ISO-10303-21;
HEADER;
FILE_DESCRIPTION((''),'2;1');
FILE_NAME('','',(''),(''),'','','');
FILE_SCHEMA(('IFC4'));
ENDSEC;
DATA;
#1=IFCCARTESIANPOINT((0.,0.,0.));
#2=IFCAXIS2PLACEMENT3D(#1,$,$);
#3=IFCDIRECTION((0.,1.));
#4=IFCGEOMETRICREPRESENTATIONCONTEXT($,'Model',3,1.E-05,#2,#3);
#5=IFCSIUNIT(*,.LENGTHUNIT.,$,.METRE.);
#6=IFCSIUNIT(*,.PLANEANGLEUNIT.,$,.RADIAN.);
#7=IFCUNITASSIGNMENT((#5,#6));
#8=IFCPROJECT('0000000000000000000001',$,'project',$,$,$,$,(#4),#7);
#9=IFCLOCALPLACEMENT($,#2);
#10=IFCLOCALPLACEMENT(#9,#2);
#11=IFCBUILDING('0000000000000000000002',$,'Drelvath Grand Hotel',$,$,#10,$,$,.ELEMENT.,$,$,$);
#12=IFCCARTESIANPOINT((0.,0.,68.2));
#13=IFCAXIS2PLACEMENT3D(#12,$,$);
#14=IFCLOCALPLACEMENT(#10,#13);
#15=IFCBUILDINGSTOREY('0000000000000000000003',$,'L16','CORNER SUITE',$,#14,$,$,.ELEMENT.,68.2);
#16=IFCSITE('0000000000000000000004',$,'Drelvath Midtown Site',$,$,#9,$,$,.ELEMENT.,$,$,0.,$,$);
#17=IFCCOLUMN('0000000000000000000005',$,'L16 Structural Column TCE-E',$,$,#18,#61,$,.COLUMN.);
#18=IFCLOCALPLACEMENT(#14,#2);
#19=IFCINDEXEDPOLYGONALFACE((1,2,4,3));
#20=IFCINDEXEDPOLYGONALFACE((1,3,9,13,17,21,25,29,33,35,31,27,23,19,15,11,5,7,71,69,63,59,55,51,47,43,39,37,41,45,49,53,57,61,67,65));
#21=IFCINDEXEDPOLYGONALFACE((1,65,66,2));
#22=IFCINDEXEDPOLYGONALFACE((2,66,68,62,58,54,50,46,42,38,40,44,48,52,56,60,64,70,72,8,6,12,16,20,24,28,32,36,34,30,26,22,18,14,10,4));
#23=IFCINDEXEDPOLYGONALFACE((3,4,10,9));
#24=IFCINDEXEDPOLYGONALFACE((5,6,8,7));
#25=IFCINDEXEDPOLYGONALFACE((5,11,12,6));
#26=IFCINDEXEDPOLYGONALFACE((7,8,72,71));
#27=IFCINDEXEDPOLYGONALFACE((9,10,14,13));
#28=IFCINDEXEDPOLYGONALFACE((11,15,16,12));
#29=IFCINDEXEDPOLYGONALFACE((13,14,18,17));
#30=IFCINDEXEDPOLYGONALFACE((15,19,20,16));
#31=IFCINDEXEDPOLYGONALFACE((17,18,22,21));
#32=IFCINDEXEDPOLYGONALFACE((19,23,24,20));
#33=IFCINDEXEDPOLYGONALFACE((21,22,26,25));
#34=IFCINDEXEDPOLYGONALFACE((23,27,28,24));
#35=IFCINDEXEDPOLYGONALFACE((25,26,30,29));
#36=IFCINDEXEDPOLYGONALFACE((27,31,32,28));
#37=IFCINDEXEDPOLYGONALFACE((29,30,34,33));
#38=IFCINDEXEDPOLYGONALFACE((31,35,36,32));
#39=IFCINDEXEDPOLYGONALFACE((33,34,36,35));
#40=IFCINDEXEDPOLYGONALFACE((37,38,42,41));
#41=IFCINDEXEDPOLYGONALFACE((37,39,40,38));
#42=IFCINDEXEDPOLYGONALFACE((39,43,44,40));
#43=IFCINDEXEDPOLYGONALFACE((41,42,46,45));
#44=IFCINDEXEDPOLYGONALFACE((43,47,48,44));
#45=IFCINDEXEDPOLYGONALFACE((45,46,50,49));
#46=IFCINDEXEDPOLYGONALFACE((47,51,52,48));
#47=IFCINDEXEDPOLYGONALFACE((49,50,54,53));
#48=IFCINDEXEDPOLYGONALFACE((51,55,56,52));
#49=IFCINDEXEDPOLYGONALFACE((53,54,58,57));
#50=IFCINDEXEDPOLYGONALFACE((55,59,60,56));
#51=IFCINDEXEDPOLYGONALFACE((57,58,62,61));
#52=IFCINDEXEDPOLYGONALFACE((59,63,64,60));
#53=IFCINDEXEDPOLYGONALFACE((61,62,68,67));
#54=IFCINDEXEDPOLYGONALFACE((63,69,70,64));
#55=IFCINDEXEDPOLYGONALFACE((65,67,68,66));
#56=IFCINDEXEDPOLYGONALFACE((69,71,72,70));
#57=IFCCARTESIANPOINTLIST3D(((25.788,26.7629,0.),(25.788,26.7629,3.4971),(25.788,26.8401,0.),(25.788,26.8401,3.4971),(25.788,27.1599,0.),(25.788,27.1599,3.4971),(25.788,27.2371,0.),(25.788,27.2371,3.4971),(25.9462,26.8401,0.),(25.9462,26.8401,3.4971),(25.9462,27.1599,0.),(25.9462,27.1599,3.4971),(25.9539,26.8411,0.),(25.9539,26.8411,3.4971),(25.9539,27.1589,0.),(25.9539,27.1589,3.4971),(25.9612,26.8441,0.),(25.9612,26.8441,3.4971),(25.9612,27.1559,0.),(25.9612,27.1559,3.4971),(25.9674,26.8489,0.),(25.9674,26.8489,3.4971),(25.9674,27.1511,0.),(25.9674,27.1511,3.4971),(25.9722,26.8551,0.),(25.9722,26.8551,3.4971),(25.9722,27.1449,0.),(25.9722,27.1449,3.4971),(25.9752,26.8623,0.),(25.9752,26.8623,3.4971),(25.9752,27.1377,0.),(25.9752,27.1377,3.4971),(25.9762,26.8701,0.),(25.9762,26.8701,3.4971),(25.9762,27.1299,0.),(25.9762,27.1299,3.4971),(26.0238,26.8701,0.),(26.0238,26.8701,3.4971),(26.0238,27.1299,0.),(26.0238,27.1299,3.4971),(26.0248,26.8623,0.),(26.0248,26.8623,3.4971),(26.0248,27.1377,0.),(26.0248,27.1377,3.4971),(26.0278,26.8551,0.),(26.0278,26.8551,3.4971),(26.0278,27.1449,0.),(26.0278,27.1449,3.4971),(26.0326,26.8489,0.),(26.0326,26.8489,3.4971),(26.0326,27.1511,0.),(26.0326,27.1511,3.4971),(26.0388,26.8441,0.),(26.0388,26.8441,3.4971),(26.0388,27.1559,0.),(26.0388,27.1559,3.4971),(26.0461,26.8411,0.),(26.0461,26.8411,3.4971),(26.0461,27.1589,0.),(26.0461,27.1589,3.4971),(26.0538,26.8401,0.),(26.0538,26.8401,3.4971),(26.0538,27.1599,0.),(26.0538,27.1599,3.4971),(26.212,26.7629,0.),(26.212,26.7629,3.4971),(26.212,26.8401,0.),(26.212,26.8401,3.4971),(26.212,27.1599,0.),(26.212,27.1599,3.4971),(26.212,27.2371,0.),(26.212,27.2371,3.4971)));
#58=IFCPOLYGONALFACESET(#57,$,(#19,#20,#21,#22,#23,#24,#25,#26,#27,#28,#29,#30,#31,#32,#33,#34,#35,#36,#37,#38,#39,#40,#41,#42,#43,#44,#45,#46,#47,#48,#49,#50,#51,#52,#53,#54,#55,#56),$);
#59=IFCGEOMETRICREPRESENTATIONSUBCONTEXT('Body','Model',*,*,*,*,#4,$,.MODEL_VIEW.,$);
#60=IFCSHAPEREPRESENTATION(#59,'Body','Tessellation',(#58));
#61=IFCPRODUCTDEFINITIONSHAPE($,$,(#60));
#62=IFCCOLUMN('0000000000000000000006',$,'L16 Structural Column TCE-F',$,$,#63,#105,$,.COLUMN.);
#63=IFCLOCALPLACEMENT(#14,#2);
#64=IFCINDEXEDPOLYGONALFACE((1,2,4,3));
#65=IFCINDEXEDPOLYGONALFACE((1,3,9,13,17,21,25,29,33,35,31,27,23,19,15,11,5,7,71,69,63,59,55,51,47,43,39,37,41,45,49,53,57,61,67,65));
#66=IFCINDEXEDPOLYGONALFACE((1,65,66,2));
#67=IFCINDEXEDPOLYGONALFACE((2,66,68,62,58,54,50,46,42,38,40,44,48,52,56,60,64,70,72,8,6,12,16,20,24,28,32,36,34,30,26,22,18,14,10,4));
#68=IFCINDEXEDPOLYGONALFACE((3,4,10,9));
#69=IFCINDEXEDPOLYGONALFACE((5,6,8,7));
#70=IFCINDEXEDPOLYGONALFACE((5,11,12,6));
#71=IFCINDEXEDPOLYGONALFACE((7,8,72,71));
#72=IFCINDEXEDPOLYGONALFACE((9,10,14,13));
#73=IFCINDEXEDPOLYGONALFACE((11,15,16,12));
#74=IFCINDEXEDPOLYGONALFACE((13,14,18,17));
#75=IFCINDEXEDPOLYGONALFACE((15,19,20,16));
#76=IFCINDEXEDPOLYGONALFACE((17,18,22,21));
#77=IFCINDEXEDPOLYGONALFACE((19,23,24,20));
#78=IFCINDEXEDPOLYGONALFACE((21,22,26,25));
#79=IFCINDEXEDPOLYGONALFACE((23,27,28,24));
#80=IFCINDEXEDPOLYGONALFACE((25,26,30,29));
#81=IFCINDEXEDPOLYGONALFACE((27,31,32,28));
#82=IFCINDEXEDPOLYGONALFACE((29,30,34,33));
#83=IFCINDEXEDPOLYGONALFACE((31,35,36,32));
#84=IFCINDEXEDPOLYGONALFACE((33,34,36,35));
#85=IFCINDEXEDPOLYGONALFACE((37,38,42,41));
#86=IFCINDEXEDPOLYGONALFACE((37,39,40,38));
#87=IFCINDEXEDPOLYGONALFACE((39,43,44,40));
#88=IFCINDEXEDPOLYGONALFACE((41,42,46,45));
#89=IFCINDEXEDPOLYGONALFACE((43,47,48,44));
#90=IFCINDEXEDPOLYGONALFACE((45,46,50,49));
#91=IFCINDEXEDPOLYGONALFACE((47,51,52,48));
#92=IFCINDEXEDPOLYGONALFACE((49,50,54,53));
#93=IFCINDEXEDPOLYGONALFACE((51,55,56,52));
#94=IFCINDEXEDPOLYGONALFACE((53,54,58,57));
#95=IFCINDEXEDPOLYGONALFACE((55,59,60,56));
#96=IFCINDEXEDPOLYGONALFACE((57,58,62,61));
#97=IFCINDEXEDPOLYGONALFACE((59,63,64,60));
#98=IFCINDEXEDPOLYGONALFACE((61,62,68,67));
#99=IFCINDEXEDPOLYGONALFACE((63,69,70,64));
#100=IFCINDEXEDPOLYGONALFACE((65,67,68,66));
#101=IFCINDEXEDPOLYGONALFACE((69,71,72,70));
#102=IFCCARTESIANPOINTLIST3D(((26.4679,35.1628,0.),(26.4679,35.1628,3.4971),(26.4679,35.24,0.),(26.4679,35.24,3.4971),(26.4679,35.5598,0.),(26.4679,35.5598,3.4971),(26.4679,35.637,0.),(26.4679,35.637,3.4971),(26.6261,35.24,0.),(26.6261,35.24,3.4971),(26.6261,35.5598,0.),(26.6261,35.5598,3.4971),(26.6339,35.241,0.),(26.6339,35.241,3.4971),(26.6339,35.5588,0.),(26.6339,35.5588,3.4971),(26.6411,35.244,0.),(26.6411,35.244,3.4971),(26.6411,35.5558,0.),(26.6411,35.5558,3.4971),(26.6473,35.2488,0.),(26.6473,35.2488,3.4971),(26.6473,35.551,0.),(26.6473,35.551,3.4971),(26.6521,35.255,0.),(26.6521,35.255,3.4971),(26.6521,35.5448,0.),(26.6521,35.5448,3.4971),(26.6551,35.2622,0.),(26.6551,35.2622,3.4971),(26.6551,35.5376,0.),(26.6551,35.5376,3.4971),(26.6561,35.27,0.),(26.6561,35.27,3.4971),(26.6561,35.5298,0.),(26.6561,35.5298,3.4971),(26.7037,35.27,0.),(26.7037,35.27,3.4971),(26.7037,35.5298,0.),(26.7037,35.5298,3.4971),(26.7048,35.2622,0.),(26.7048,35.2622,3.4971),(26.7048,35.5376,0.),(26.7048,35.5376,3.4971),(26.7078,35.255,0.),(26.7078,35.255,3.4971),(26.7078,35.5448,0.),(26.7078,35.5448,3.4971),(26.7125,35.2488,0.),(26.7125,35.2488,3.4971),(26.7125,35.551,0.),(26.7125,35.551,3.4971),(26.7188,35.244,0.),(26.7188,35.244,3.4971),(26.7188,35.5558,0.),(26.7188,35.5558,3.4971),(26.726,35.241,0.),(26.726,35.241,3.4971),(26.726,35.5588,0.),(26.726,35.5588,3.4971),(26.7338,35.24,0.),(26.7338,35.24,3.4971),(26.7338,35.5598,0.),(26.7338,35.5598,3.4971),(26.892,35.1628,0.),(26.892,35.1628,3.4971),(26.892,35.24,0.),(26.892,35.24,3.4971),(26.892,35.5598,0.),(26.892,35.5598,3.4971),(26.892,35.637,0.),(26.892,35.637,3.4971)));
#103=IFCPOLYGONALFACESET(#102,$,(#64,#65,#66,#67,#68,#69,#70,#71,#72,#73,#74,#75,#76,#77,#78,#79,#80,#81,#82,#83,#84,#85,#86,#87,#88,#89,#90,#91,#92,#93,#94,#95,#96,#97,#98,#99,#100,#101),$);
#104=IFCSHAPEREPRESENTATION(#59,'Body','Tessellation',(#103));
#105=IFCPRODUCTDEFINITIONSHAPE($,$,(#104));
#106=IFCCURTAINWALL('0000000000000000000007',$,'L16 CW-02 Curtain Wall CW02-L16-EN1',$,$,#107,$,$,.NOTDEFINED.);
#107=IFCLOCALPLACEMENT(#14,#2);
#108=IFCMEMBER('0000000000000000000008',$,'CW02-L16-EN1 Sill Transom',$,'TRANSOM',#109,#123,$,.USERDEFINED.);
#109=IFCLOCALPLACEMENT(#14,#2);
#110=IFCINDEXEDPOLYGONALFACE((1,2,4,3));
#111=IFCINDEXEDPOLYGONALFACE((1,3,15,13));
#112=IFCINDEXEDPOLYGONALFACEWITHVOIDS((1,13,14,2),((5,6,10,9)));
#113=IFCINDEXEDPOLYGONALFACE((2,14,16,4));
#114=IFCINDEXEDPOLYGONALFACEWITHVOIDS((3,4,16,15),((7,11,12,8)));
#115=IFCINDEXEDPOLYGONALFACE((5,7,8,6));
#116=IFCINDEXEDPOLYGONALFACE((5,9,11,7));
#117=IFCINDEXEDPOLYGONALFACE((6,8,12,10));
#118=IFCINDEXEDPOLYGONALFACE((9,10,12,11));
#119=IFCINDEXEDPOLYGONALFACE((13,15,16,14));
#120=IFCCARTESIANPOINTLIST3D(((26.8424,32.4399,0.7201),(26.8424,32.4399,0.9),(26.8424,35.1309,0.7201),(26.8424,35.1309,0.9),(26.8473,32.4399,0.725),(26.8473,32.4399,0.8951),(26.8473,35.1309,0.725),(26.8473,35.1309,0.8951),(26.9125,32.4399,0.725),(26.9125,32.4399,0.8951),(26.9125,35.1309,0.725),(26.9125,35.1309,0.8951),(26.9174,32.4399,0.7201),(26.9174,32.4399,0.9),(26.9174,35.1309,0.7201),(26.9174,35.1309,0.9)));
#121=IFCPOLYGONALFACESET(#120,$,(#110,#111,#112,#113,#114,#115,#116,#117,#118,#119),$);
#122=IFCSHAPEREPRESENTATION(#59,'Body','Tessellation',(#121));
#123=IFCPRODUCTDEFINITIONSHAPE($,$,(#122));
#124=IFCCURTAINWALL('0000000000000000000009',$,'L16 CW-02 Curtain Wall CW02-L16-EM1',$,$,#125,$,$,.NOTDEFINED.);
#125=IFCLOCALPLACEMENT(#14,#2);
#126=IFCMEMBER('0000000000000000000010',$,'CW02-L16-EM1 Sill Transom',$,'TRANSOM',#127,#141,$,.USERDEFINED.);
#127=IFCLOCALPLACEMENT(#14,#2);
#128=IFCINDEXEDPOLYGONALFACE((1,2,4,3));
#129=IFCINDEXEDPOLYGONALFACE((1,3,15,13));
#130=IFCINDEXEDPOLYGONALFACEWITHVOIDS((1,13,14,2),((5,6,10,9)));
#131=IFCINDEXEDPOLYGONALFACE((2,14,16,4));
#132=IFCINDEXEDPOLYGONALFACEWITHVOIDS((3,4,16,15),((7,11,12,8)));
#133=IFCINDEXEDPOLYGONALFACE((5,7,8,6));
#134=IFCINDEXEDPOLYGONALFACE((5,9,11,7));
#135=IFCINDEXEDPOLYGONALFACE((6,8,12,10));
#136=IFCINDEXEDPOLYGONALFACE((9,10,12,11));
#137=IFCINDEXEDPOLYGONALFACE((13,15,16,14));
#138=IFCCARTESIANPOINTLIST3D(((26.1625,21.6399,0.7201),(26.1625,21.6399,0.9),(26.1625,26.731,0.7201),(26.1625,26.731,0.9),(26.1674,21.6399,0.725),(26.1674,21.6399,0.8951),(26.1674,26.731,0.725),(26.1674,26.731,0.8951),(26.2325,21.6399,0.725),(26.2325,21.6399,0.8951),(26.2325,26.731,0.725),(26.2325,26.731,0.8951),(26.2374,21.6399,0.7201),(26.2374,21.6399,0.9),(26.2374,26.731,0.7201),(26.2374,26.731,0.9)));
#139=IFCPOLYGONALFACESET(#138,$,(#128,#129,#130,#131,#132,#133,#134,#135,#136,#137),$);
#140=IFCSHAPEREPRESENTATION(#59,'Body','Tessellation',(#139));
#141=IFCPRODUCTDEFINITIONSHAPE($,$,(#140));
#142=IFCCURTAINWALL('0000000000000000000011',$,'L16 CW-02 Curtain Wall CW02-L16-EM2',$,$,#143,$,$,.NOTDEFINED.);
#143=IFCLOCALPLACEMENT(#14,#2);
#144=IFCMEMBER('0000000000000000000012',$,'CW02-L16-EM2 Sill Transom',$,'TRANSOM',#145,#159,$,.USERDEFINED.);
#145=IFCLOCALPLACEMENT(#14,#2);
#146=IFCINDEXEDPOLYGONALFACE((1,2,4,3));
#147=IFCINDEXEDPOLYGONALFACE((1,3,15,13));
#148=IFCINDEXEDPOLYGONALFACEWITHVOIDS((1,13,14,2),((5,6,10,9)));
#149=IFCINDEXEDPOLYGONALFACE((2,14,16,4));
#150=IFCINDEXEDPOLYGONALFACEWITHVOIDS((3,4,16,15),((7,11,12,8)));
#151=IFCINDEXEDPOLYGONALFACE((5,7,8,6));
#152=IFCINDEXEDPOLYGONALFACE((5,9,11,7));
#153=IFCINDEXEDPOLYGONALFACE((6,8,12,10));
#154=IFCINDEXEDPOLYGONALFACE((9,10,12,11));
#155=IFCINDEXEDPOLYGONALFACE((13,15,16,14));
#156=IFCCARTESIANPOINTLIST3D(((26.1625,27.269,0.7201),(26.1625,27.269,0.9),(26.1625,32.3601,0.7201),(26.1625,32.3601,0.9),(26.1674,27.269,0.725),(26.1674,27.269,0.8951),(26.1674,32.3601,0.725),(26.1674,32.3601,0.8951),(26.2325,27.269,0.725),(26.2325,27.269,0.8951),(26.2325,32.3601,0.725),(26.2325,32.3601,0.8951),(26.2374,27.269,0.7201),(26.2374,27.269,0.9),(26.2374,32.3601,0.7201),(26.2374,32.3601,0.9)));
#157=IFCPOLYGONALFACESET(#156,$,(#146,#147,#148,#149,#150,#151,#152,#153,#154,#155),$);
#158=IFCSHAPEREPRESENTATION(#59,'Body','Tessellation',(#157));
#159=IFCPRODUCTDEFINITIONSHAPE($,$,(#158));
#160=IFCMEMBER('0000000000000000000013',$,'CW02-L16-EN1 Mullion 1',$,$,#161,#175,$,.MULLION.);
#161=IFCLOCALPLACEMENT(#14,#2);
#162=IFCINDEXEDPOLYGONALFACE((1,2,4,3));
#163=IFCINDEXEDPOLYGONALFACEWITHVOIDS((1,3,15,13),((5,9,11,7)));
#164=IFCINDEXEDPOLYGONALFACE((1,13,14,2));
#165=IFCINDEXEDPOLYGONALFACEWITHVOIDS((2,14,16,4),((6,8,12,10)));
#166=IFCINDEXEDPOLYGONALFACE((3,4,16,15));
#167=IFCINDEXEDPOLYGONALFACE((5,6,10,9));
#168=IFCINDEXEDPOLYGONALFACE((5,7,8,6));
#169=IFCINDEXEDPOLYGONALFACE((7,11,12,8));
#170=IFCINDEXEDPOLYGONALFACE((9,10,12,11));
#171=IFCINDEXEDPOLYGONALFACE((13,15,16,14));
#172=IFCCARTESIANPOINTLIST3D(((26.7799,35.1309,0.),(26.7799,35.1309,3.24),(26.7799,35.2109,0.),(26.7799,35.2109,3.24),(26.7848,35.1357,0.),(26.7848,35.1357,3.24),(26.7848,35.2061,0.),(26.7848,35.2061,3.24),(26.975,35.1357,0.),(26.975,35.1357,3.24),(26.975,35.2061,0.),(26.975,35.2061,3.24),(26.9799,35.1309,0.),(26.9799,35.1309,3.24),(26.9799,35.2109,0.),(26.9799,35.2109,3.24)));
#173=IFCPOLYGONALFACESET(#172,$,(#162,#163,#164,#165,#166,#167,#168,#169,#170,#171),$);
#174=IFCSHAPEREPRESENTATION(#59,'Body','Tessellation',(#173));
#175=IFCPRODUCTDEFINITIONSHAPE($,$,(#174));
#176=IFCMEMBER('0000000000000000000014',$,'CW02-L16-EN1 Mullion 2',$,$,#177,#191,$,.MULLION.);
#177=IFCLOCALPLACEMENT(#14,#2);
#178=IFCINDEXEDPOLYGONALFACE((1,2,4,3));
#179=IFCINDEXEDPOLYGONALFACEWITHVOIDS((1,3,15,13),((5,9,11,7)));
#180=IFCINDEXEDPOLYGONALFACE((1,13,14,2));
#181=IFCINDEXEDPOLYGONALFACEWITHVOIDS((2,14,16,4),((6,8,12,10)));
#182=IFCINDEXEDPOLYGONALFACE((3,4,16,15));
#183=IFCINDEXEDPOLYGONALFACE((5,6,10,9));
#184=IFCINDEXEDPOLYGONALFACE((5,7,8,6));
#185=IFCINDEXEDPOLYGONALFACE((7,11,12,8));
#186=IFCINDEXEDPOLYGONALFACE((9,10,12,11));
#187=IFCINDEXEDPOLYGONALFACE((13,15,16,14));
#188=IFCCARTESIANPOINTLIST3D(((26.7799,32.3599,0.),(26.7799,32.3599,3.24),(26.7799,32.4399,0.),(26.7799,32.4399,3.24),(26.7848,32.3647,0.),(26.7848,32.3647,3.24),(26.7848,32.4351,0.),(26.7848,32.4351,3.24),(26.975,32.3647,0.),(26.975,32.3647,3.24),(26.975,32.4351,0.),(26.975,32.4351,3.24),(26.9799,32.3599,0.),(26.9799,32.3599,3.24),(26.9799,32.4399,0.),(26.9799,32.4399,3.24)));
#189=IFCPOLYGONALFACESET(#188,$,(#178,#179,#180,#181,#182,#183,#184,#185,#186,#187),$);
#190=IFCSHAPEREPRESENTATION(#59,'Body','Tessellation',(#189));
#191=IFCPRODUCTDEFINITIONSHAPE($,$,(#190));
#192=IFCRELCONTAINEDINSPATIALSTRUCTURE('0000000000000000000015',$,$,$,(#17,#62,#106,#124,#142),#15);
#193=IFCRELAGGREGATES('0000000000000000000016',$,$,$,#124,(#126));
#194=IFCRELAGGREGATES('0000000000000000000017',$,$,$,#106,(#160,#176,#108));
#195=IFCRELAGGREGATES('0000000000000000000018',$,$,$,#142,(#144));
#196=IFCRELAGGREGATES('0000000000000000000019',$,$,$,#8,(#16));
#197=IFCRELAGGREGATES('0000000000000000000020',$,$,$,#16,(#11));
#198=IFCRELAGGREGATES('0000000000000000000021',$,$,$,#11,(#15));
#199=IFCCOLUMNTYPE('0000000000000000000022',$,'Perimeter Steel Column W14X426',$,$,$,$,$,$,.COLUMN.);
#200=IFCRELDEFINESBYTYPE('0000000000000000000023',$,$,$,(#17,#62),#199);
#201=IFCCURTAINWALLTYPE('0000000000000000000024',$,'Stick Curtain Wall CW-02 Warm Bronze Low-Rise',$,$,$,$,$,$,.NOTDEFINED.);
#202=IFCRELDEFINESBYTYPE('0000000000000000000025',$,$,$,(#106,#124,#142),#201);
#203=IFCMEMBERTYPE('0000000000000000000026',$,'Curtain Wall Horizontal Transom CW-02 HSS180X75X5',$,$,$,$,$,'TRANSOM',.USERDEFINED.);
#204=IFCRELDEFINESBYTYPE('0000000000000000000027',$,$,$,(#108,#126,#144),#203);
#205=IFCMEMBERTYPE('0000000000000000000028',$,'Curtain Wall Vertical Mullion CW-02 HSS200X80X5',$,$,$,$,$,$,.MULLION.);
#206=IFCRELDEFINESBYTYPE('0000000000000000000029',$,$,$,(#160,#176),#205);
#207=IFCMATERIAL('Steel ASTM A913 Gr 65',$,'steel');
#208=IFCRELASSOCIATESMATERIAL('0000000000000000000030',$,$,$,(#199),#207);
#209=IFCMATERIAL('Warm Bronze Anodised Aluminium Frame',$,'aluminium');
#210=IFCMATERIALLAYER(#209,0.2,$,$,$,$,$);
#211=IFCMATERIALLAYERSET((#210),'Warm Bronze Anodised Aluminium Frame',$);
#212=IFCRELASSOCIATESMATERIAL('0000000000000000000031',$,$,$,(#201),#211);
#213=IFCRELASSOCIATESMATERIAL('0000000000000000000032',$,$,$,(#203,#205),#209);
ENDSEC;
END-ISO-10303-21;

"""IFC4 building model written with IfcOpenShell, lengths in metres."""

from ifc_helpers import new_model, si_unit, direction, frame, origin, origin_2d, place, context, subcontext, project, spatial, hollow_rectangle, i_section, extrude, material, layer, layer_set, material_profile, profile_set, type_object, element, aggregate, save


model = new_model("IFC4")

# Units and contexts
model_context = context("Model", 3, precision=1e-05, world=origin(), true_north=direction((0.0, 1.0)))
body_context = subcontext(model_context, "Body", "Model", "MODEL_VIEW")
ifc_project = project(units=[si_unit("LENGTHUNIT", "METRE"), si_unit("PLANEANGLEUNIT", "RADIAN")], contexts=[model_context])

# Site, building, storey
site_placement = place(None, origin())
site = spatial("IfcSite", under=ifc_project, at=site_placement, Name="Drelvath Midtown Site", CompositionType="ELEMENT", RefElevation=0.0)
building_placement = place(site_placement, origin())
building = spatial("IfcBuilding", under=site, at=building_placement, Name="Drelvath Grand Hotel", CompositionType="ELEMENT")
storey_placement = place(building_placement, frame((0.0, 0.0, 68.2)))
storey = spatial("IfcBuildingStorey", under=building, at=storey_placement, Name="L16", Description="CORNER SUITE", CompositionType="ELEMENT", Elevation=68.2)

# Columns
ifc_material_1 = material(Name="Steel ASTM A913 Gr 65", Category="steel")
ifc_material_profile_1 = material_profile(ifc_material_1, i_section(OverallWidth=0.4241, OverallDepth=0.4741, WebThickness=0.0476, FlangeThickness=0.0771, FilletRadius=0.03, at=origin_2d()), Name="W14X426")
ifc_profile_set_1 = profile_set([ifc_material_profile_1], Name="Steel ASTM A913 Gr 65")
column_type = type_object("IfcColumnType", Name="Perimeter Steel Column W14X426", PredefinedType="COLUMN", material=ifc_profile_set_1)
for number, where, z_axis, x_axis, name in (
    (1, (26.0, 27.0, 0.0), (0.0, 0.0, 1.0), (1.0, 0.0, 0.0), "L16 Structural Column TCE-E"),
    (2, (26.6799, 35.3999, 0.0), (0.0, 0.0, 1.0), (1.0, 0.0, 0.0), "L16 Structural Column TCE-F"),
):
    element("IfcColumn", number, at=place(storey_placement, frame(where, z_axis=z_axis, x_axis=x_axis)), inside=storey, type_object=column_type, Name=name, PredefinedType="COLUMN", context=body_context, shape_type="SweptSolid", body=[
        extrude(i_section(OverallWidth=0.4241, OverallDepth=0.4741, WebThickness=0.0476, FlangeThickness=0.0771, FilletRadius=0.03, at=origin_2d()), origin(), (0.0, 0.0, 1.0), 3.4971),
    ])

# Curtain walls, members
ifc_material_2 = material(Name="Warm Bronze Anodised Aluminium Frame", Category="aluminium")
ifc_layer_1 = layer(ifc_material_2, 0.2)
ifc_layer_set_1 = layer_set([ifc_layer_1], Name="Warm Bronze Anodised Aluminium Frame")
curtain_wall_type = type_object("IfcCurtainWallType", Name="Stick Curtain Wall CW-02 Warm Bronze Low-Rise", PredefinedType="NOTDEFINED", material=ifc_layer_set_1)
curtain_wall_1_placement = place(storey_placement, origin())
curtain_wall_1 = element("IfcCurtainWall", 3, at=curtain_wall_1_placement, inside=storey, type_object=curtain_wall_type, Name="L16 CW-02 Curtain Wall CW02-L16-EN1", PredefinedType="NOTDEFINED")
ifc_material_profile_2 = material_profile(ifc_material_2, hollow_rectangle(XDim=0.075, YDim=0.1799, WallThickness=0.0049, at=origin_2d()), Name="HSS180X75X5")
ifc_profile_set_2 = profile_set([ifc_material_profile_2], Name="Warm Bronze Anodised Aluminium Frame")
member_type_1 = type_object("IfcMemberType", Name="Curtain Wall Horizontal Transom CW-02 HSS180X75X5", ElementType="TRANSOM", PredefinedType="USERDEFINED", material=ifc_profile_set_2)
member_1_placement = place(storey_placement, frame((26.8799, 35.1309, 0.8101), z_axis=(0.0, -1.0, 0.0), x_axis=(1.0, 0.0, 0.0)))
member_1 = element("IfcMember", 4, at=member_1_placement, type_object=member_type_1, Name="CW02-L16-EN1 Sill Transom", ObjectType="TRANSOM", PredefinedType="USERDEFINED", context=body_context, shape_type="SweptSolid", body=[
    extrude(hollow_rectangle(XDim=0.075, YDim=0.1799, WallThickness=0.0049, at=origin_2d()), origin(), (0.0, 0.0, 1.0), 2.6909),
])
curtain_wall_2_placement = place(storey_placement, origin())
curtain_wall_2 = element("IfcCurtainWall", 5, at=curtain_wall_2_placement, inside=storey, type_object=curtain_wall_type, Name="L16 CW-02 Curtain Wall CW02-L16-EM1", PredefinedType="NOTDEFINED")
member_2_placement = place(storey_placement, frame((26.2, 26.731, 0.8101), z_axis=(0.0, -1.0, 0.0), x_axis=(1.0, 0.0, 0.0)))
member_2 = element("IfcMember", 6, at=member_2_placement, type_object=member_type_1, Name="CW02-L16-EM1 Sill Transom", ObjectType="TRANSOM", PredefinedType="USERDEFINED", context=body_context, shape_type="SweptSolid", body=[
    extrude(hollow_rectangle(XDim=0.075, YDim=0.1799, WallThickness=0.0049, at=origin_2d()), origin(), (0.0, 0.0, 1.0), 5.0911),
])
curtain_wall_3_placement = place(storey_placement, origin())
curtain_wall_3 = element("IfcCurtainWall", 7, at=curtain_wall_3_placement, inside=storey, type_object=curtain_wall_type, Name="L16 CW-02 Curtain Wall CW02-L16-EM2", PredefinedType="NOTDEFINED")
member_3_placement = place(storey_placement, frame((26.2, 32.3601, 0.8101), z_axis=(0.0, -1.0, 0.0), x_axis=(1.0, 0.0, 0.0)))
member_3 = element("IfcMember", 8, at=member_3_placement, type_object=member_type_1, Name="CW02-L16-EM2 Sill Transom", ObjectType="TRANSOM", PredefinedType="USERDEFINED", context=body_context, shape_type="SweptSolid", body=[
    extrude(hollow_rectangle(XDim=0.075, YDim=0.1799, WallThickness=0.0049, at=origin_2d()), origin(), (0.0, 0.0, 1.0), 5.0911),
])

# Members
ifc_material_profile_3 = material_profile(ifc_material_2, hollow_rectangle(XDim=0.0801, YDim=0.2, WallThickness=0.0049, at=origin_2d()), Name="HSS200X80X5")
ifc_profile_set_3 = profile_set([ifc_material_profile_3], Name="Warm Bronze Anodised Aluminium Frame")
member_type_2 = type_object("IfcMemberType", Name="Curtain Wall Vertical Mullion CW-02 HSS200X80X5", PredefinedType="MULLION", material=ifc_profile_set_3)
member_4_placement = place(storey_placement, frame((26.8799, 35.1709, 0.0), z_axis=(0.0, 0.0, 1.0), x_axis=(0.0, 1.0, 0.0)))
member_4 = element("IfcMember", 9, at=member_4_placement, type_object=member_type_2, Name="CW02-L16-EN1 Mullion 1", PredefinedType="MULLION", context=body_context, shape_type="SweptSolid", body=[
    extrude(hollow_rectangle(XDim=0.0801, YDim=0.2, WallThickness=0.0049, at=origin_2d()), origin(), (0.0, 0.0, 1.0), 3.24),
])
member_5_placement = place(storey_placement, frame((26.8799, 32.3999, 0.0), z_axis=(0.0, 0.0, 1.0), x_axis=(0.0, 1.0, 0.0)))
member_5 = element("IfcMember", 10, at=member_5_placement, type_object=member_type_2, Name="CW02-L16-EN1 Mullion 2", PredefinedType="MULLION", context=body_context, shape_type="SweptSolid", body=[
    extrude(hollow_rectangle(XDim=0.0801, YDim=0.2, WallThickness=0.0049, at=origin_2d()), origin(), (0.0, 0.0, 1.0), 3.24),
])
aggregate(curtain_wall_2, [member_2])

aggregate(curtain_wall_1, [member_4, member_5, member_1])
aggregate(curtain_wall_3, [member_3])

save(model, "model.ifc")
